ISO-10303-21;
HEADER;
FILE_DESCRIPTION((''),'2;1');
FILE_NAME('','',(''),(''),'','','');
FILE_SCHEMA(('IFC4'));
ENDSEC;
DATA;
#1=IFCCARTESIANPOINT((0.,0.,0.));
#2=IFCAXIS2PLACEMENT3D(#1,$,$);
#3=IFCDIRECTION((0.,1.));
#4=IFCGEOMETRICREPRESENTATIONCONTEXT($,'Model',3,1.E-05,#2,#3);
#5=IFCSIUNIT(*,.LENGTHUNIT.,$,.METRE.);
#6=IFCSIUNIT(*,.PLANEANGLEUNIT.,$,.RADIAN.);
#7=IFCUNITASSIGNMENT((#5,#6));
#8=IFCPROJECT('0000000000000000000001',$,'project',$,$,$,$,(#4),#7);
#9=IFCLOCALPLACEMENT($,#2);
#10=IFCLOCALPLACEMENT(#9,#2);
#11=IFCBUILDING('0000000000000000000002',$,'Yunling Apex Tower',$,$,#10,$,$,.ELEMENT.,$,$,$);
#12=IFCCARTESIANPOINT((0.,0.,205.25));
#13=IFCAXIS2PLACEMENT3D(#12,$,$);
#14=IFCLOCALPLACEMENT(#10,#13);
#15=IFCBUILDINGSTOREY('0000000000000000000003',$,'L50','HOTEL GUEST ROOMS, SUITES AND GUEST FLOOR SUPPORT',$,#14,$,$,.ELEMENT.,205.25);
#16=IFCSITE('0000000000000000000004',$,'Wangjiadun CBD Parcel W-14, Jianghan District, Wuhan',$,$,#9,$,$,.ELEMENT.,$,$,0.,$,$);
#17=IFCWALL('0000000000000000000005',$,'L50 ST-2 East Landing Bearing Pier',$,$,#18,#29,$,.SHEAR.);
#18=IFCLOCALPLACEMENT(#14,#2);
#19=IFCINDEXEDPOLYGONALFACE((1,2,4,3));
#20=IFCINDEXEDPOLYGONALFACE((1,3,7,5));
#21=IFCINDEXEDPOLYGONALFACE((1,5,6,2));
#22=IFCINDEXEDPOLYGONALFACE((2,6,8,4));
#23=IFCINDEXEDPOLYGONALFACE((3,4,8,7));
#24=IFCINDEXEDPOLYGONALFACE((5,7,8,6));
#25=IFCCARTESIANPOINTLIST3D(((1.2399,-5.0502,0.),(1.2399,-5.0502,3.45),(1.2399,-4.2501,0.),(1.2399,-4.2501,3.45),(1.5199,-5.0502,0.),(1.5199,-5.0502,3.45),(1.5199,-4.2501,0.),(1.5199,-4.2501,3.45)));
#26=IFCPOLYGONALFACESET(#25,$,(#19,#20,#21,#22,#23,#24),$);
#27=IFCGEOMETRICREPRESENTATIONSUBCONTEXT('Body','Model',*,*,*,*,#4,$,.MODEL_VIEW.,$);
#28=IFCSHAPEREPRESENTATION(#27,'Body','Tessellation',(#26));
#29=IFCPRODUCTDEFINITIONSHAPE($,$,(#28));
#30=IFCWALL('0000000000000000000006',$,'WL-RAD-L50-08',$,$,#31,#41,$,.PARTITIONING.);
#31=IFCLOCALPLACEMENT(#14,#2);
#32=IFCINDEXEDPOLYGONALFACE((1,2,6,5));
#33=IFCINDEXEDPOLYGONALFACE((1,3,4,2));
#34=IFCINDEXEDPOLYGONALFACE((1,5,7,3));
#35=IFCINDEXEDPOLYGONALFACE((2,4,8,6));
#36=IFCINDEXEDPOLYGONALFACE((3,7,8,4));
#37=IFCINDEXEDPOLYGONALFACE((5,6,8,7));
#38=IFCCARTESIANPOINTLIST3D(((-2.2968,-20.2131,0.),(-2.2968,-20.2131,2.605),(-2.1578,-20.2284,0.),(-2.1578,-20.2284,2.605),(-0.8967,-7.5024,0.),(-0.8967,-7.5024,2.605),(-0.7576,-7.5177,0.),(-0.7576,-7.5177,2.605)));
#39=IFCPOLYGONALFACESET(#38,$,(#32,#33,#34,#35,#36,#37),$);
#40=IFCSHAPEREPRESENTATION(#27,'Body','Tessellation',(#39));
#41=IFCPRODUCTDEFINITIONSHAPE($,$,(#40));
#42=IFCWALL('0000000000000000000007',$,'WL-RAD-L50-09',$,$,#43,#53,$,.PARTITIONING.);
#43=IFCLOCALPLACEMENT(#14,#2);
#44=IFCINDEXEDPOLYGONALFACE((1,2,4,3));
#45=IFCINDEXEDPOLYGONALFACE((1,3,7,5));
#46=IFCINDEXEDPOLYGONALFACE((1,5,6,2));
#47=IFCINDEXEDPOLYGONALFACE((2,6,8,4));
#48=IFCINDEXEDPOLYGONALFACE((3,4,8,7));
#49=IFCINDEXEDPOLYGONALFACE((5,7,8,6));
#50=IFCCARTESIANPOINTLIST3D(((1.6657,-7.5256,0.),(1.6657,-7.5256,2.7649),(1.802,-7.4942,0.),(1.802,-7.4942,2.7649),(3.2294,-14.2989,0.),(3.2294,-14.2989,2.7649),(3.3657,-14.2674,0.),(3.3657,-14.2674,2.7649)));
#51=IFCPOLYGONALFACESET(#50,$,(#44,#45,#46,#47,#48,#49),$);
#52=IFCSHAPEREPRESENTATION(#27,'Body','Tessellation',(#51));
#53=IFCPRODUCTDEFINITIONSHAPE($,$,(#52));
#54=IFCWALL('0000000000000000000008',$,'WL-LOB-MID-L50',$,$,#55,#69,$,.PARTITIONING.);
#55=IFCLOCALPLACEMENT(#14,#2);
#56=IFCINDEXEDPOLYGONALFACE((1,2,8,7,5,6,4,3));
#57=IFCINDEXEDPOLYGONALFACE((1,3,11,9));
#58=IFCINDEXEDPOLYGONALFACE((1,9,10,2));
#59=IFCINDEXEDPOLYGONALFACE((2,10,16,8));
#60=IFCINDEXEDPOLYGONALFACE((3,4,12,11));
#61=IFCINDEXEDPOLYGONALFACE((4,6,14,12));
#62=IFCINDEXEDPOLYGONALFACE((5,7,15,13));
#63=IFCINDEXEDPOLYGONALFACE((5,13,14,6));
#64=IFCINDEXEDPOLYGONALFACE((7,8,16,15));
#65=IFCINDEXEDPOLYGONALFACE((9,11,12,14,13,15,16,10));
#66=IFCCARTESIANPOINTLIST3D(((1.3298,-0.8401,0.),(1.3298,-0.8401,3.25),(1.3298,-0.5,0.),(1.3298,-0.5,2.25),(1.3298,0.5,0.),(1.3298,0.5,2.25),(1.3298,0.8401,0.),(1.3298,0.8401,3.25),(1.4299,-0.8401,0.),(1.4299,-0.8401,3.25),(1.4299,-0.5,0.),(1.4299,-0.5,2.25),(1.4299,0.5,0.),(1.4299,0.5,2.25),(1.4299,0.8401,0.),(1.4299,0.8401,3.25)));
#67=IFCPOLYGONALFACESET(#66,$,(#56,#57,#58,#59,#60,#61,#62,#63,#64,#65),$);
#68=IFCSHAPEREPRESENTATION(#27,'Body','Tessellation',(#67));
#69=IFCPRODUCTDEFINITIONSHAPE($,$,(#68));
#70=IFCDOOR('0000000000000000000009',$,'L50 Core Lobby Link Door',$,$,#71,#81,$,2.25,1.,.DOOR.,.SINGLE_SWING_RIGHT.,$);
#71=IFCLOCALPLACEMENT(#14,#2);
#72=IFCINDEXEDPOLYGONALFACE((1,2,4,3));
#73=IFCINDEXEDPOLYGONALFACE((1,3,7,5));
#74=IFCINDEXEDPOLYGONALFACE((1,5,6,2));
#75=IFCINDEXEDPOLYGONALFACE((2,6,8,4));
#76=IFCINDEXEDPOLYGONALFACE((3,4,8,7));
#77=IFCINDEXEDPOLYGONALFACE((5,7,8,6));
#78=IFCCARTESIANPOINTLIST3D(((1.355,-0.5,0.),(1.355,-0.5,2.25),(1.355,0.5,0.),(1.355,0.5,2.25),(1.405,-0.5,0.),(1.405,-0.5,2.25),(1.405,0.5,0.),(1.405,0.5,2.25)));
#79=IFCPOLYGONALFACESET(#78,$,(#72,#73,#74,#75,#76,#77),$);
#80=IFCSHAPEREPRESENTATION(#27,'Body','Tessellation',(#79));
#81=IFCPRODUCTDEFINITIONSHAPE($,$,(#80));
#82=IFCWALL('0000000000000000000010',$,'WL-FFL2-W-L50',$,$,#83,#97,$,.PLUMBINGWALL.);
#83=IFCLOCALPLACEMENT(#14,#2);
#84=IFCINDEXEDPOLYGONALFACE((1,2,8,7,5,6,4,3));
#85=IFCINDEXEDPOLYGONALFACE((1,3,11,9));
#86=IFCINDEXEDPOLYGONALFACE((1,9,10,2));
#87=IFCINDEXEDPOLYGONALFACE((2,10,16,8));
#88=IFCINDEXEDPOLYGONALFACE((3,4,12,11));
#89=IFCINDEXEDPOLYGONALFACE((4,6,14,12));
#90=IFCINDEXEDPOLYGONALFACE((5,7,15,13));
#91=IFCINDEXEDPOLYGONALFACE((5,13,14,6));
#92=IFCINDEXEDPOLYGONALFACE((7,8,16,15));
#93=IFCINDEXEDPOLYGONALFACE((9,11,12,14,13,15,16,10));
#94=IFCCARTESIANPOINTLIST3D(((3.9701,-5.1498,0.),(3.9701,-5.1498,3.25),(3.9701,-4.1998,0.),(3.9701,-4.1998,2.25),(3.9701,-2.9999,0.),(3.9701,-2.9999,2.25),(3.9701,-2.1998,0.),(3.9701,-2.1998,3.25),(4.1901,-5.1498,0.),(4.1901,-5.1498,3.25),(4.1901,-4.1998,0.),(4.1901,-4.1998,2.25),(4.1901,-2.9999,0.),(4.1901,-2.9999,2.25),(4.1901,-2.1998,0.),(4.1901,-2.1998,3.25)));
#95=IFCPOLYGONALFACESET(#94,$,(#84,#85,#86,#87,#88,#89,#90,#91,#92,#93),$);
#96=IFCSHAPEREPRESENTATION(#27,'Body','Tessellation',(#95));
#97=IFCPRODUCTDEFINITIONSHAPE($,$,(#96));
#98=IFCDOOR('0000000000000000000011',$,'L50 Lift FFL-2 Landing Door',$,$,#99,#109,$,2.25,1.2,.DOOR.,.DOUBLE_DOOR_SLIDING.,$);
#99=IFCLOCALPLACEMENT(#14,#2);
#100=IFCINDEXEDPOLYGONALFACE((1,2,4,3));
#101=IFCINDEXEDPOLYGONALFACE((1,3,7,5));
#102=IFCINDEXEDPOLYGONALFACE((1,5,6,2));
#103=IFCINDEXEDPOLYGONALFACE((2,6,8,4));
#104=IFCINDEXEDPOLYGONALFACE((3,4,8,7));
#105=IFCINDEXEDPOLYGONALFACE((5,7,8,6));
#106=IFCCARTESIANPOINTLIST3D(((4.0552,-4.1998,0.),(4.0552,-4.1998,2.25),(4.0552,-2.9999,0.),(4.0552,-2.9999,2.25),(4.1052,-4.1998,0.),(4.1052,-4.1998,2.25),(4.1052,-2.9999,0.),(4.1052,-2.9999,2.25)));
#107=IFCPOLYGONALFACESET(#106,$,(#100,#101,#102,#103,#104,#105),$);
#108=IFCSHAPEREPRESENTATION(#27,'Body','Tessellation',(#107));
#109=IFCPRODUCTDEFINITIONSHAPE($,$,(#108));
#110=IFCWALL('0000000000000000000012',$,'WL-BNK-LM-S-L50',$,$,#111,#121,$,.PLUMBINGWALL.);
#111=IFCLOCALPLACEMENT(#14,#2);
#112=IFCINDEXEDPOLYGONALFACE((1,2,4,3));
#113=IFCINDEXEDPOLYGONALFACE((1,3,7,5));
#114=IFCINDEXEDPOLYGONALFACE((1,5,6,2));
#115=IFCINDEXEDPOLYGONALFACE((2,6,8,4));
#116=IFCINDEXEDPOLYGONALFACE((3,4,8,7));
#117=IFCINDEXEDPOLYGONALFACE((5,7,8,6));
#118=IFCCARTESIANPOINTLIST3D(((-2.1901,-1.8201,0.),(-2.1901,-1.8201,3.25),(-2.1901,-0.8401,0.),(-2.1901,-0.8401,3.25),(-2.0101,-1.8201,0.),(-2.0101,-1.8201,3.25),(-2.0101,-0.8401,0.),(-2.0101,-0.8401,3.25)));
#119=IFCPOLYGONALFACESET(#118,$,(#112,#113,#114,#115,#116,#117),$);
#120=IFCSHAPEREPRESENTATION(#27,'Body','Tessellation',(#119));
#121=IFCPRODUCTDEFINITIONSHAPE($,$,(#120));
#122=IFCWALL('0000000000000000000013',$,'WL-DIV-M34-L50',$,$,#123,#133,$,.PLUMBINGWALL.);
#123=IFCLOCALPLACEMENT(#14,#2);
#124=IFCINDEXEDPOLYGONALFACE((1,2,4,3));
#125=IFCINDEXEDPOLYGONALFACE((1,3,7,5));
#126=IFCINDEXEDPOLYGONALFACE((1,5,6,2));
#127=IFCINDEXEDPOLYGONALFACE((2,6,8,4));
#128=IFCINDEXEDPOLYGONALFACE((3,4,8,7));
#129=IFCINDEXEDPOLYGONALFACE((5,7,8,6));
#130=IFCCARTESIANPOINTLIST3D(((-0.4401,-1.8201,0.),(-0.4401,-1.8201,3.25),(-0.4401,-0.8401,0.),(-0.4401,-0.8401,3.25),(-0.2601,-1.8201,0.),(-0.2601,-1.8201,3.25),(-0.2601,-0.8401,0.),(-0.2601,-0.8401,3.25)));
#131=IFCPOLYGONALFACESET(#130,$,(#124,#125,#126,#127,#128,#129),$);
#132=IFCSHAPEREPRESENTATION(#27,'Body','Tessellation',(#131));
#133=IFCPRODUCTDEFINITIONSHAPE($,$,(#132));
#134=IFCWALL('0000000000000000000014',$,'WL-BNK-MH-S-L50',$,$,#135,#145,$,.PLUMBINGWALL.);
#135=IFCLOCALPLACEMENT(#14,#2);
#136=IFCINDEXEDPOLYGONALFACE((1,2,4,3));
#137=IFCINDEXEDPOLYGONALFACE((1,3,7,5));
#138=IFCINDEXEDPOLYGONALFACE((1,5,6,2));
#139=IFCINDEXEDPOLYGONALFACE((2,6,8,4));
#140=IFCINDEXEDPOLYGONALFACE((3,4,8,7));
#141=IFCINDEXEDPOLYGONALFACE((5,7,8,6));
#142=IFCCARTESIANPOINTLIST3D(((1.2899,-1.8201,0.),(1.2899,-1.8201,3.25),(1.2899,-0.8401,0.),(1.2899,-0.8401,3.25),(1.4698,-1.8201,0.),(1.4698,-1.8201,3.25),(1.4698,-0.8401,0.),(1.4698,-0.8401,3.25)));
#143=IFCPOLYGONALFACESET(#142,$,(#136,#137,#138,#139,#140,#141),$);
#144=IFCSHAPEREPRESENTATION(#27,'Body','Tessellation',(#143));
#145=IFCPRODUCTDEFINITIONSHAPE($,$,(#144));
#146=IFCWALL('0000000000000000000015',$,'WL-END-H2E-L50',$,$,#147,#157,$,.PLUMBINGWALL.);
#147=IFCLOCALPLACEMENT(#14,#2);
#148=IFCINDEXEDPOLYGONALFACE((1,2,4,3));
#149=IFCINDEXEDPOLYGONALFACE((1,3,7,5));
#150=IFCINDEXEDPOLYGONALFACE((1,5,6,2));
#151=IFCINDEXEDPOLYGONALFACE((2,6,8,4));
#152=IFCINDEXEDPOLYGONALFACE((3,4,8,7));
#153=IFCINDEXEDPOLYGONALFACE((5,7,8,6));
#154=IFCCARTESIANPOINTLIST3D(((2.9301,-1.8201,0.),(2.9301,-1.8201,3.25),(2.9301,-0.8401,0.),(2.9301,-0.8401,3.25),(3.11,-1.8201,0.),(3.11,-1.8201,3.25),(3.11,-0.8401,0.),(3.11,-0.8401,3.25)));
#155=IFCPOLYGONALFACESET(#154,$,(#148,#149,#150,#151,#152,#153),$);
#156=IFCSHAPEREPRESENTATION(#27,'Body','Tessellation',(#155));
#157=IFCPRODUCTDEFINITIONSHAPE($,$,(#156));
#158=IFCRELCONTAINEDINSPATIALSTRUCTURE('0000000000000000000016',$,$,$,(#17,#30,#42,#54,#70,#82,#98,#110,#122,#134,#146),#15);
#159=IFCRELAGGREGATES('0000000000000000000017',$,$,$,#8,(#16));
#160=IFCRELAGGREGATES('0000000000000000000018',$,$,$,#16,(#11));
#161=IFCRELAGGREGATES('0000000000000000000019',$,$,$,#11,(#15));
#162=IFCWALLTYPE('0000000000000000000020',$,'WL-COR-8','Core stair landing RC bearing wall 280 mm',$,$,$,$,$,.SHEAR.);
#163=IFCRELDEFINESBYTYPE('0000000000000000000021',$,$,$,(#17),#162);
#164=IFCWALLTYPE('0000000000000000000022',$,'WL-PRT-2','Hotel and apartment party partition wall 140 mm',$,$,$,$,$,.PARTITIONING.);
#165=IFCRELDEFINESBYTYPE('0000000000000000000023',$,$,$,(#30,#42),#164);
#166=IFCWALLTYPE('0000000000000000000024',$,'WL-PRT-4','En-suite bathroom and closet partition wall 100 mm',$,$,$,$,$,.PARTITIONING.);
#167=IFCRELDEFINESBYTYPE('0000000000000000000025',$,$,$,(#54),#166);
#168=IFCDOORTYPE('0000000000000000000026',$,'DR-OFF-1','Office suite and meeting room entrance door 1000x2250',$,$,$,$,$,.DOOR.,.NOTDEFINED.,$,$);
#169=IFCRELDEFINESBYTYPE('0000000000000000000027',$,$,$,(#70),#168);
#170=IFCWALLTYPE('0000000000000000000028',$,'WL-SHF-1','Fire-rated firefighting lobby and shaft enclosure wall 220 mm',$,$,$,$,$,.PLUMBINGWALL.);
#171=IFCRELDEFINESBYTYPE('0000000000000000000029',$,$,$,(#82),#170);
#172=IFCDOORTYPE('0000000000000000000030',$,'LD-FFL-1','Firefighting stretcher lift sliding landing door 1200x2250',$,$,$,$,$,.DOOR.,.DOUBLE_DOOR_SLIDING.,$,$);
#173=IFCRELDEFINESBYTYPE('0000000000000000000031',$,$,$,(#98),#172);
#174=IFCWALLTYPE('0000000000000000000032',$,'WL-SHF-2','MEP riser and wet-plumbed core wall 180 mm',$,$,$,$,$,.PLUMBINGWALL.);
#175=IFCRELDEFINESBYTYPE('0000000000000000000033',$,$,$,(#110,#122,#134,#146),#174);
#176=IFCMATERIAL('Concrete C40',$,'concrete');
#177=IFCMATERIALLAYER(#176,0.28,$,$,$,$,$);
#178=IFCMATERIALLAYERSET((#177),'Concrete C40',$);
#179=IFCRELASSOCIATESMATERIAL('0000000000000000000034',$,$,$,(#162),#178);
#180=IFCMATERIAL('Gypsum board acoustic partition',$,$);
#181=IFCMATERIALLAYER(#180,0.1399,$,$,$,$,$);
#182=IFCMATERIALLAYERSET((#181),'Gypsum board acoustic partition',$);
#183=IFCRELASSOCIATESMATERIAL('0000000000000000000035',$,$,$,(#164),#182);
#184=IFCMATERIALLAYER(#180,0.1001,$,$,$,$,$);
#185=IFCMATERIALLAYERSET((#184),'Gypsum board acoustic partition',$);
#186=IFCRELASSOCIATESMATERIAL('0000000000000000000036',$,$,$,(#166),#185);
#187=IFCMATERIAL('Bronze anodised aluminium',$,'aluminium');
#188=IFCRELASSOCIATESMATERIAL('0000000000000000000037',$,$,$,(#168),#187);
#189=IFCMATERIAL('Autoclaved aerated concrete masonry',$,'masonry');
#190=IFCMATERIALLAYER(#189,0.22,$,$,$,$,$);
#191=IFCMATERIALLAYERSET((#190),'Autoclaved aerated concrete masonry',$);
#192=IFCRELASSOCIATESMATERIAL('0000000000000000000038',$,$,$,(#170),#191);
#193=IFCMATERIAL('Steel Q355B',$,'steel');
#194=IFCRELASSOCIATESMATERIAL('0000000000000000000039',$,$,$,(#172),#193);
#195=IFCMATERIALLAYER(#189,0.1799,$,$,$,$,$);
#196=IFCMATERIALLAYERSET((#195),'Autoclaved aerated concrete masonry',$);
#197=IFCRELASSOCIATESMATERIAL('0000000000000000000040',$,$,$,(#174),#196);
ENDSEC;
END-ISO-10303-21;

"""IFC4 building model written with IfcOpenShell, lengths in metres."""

from ifc_helpers import new_model, si_unit, direction, frame, frame_2d, origin, place, context, subcontext, project, spatial, rectangle, extrude, material, layer, layer_set, type_object, element, fill, save


model = new_model("IFC4")

# Units and contexts
model_context = context("Model", 3, precision=1e-05, world=origin(), true_north=direction((0.0, 1.0)))
body_context = subcontext(model_context, "Body", "Model", "MODEL_VIEW")
ifc_project = project(units=[si_unit("LENGTHUNIT", "METRE"), si_unit("PLANEANGLEUNIT", "RADIAN")], contexts=[model_context])

# Site, building, storey
site_placement = place(None, origin())
site = spatial("IfcSite", under=ifc_project, at=site_placement, Name="Wangjiadun CBD Parcel W-14, Jianghan District, Wuhan", CompositionType="ELEMENT", RefElevation=0.0)
building_placement = place(site_placement, origin())
building = spatial("IfcBuilding", under=site, at=building_placement, Name="Yunling Apex Tower", CompositionType="ELEMENT")
storey_placement = place(building_placement, frame((0.0, 0.0, 205.25)))
storey = spatial("IfcBuildingStorey", under=building, at=storey_placement, Name="L50", Description="HOTEL GUEST ROOMS, SUITES AND GUEST FLOOR SUPPORT", CompositionType="ELEMENT", Elevation=205.25)

# Walls
ifc_material_1 = material(Name="Concrete C40", Category="concrete")
ifc_layer_1 = layer(ifc_material_1, 0.28)
ifc_layer_set_1 = layer_set([ifc_layer_1], Name="Concrete C40")
wall_type_1 = type_object("IfcWallType", Name="WL-COR-8", Description="Core stair landing RC bearing wall 280 mm", PredefinedType="SHEAR", material=ifc_layer_set_1)
wall_1_placement = place(storey_placement, frame((1.3799, -5.05, 0.0), z_axis=(0.0, 0.0, 1.0), x_axis=(0.0, 1.0, 0.0)))
element("IfcWall", 1, at=wall_1_placement, inside=storey, type_object=wall_type_1, Name="L50 ST-2 East Landing Bearing Pier", PredefinedType="SHEAR", context=body_context, shape_type="SweptSolid", body=[
    extrude(rectangle(XDim=0.8, YDim=0.28, at=frame_2d((0.3999, 0.0))), origin(), (0.0, 0.0, 1.0), 3.45),
])
ifc_material_2 = material(Name="Gypsum board acoustic partition")
ifc_layer_2 = layer(ifc_material_2, 0.1399)
ifc_layer_set_2 = layer_set([ifc_layer_2], Name="Gypsum board acoustic partition")
wall_type_2 = type_object("IfcWallType", Name="WL-PRT-2", Description="Hotel and apartment party partition wall 140 mm", PredefinedType="PARTITIONING", material=ifc_layer_set_2)
wall_2_placement = place(storey_placement, frame((-0.8271, -7.51, 0.0), z_axis=(0.0, 0.0, 1.0), x_axis=(-0.109493, -0.993988, 0.0)))
element("IfcWall", 2, at=wall_2_placement, inside=storey, type_object=wall_type_2, Name="WL-RAD-L50-08", PredefinedType="PARTITIONING", context=body_context, shape_type="SweptSolid", body=[
    extrude(rectangle(XDim=12.7876, YDim=0.1399, at=frame_2d((6.3938, 0.0))), origin(), (0.0, 0.0, 1.0), 2.605),
])
wall_3_placement = place(storey_placement, frame((1.7339, -7.51, 0.0), z_axis=(0.0, 0.0, 1.0), x_axis=(0.224952, -0.97437, 0.0)))
element("IfcWall", 3, at=wall_3_placement, inside=storey, type_object=wall_type_2, Name="WL-RAD-L50-09", PredefinedType="PARTITIONING", context=body_context, shape_type="SweptSolid", body=[
    extrude(rectangle(XDim=6.9514, YDim=0.1399, at=frame_2d((3.4756, 0.0))), origin(), (0.0, 0.0, 1.0), 2.7649),
])

# Walls, openings, doors
ifc_layer_3 = layer(ifc_material_2, 0.1001)
ifc_layer_set_3 = layer_set([ifc_layer_3], Name="Gypsum board acoustic partition")
wall_type_3 = type_object("IfcWallType", Name="WL-PRT-4", Description="En-suite bathroom and closet partition wall 100 mm", PredefinedType="PARTITIONING", material=ifc_layer_set_3)
wall_4_placement = place(storey_placement, frame((1.3799, -0.8401, 0.0), z_axis=(0.0, 0.0, 1.0), x_axis=(0.0, 1.0, 0.0)))
wall_4 = element("IfcWall", 4, at=wall_4_placement, inside=storey, type_object=wall_type_3, Name="WL-LOB-MID-L50", PredefinedType="PARTITIONING", context=body_context, shape_type="SweptSolid", body=[
    extrude(rectangle(XDim=1.6802, YDim=0.1001, at=frame_2d((0.8401, 0.0))), origin(), (0.0, 0.0, 1.0), 3.25),
])
opening_1_placement = place(wall_4_placement, frame((0.3401, 0.0, 0.0)))
opening_1 = element("IfcOpeningElement", 5, at=opening_1_placement, cuts=wall_4, PredefinedType="OPENING", context=body_context, shape_type="SweptSolid", body=[
    extrude(rectangle(XDim=1.0, YDim=2.25, at=frame_2d((0.5, 1.125))), frame((0.0, 0.0601, 0.0), z_axis=(0.0, -1.0, 0.0), x_axis=(1.0, 0.0, 0.0)), (0.0, 0.0, 1.0), 0.1201),
])
ifc_material_3 = material(Name="Bronze anodised aluminium", Category="aluminium")
door_type_1 = type_object("IfcDoorType", Name="DR-OFF-1", Description="Office suite and meeting room entrance door 1000x2250", OperationType="NOTDEFINED", PredefinedType="DOOR", material=ifc_material_3)
door_1_placement = place(opening_1_placement, origin())
door_1 = element("IfcDoor", 6, at=door_1_placement, inside=storey, type_object=door_type_1, Name="L50 Core Lobby Link Door", OperationType="SINGLE_SWING_RIGHT", OverallHeight=2.25, OverallWidth=1.0, PredefinedType="DOOR", context=body_context, shape_type="SweptSolid", body=[
    extrude(rectangle(XDim=1.0, YDim=2.25, at=frame_2d((0.5, 1.125))), frame((0.0, 0.0249, 0.0), z_axis=(0.0, -1.0, 0.0), x_axis=(1.0, 0.0, 0.0)), (0.0, 0.0, 1.0), 0.05),
])
fill(opening_1, door_1)
ifc_material_4 = material(Name="Autoclaved aerated concrete masonry", Category="masonry")
ifc_layer_4 = layer(ifc_material_4, 0.22)
ifc_layer_set_4 = layer_set([ifc_layer_4], Name="Autoclaved aerated concrete masonry")
wall_type_4 = type_object("IfcWallType", Name="WL-SHF-1", Description="Fire-rated firefighting lobby and shaft enclosure wall 220 mm", PredefinedType="PLUMBINGWALL", material=ifc_layer_set_4)
ifc_material_5 = material(Name="Steel Q355B", Category="steel")
wall_5_placement = place(storey_placement, frame((4.0801, -5.1499, 0.0), z_axis=(0.0, 0.0, 1.0), x_axis=(0.0, 1.0, 0.0)))
wall_5 = element("IfcWall", 7, at=wall_5_placement, inside=storey, type_object=wall_type_4, Name="WL-FFL2-W-L50", PredefinedType="PLUMBINGWALL", context=body_context, shape_type="SweptSolid", body=[
    extrude(rectangle(XDim=2.95, YDim=0.22, at=frame_2d((1.4751, 0.0))), origin(), (0.0, 0.0, 1.0), 3.25),
])
opening_2_placement = place(wall_5_placement, frame((0.95, 0.0, 0.0)))
opening_2 = element("IfcOpeningElement", 8, at=opening_2_placement, cuts=wall_5, PredefinedType="OPENING", context=body_context, shape_type="SweptSolid", body=[
    extrude(rectangle(XDim=1.2, YDim=2.25, at=frame_2d((0.6001, 1.125))), frame((0.0, 0.1201, 0.0), z_axis=(0.0, -1.0, 0.0), x_axis=(1.0, 0.0, 0.0)), (0.0, 0.0, 1.0), 0.24),
])
door_type_2 = type_object("IfcDoorType", Name="LD-FFL-1", Description="Firefighting stretcher lift sliding landing door 1200x2250", OperationType="DOUBLE_DOOR_SLIDING", PredefinedType="DOOR", material=ifc_material_5)
door_2_placement = place(opening_2_placement, origin())
door_2 = element("IfcDoor", 9, at=door_2_placement, inside=storey, type_object=door_type_2, Name="L50 Lift FFL-2 Landing Door", OperationType="DOUBLE_DOOR_SLIDING", OverallHeight=2.25, OverallWidth=1.2, PredefinedType="DOOR", context=body_context, shape_type="SweptSolid", body=[
    extrude(rectangle(XDim=1.2, YDim=2.25, at=frame_2d((0.6001, 1.125))), frame((0.0, 0.0249, 0.0), z_axis=(0.0, -1.0, 0.0), x_axis=(1.0, 0.0, 0.0)), (0.0, 0.0, 1.0), 0.05),
])
fill(opening_2, door_2)

# Walls
ifc_layer_5 = layer(ifc_material_4, 0.1799)
ifc_layer_set_5 = layer_set([ifc_layer_5], Name="Autoclaved aerated concrete masonry")
wall_type_5 = type_object("IfcWallType", Name="WL-SHF-2", Description="MEP riser and wet-plumbed core wall 180 mm", PredefinedType="PLUMBINGWALL", material=ifc_layer_set_5)
for number, where, z_axis, x_axis, name in (
    (10, (-2.1001, -1.8201, 0.0), (0.0, 0.0, 1.0), (0.0, 1.0, 0.0), "WL-BNK-LM-S-L50"),
    (11, (-0.3501, -1.8201, 0.0), (0.0, 0.0, 1.0), (0.0, 1.0, 0.0), "WL-DIV-M34-L50"),
    (12, (1.3799, -1.8201, 0.0), (0.0, 0.0, 1.0), (0.0, 1.0, 0.0), "WL-BNK-MH-S-L50"),
    (13, (3.02, -1.8201, 0.0), (0.0, 0.0, 1.0), (0.0, 1.0, 0.0), "WL-END-H2E-L50"),
):
    element("IfcWall", number, at=place(storey_placement, frame(where, z_axis=z_axis, x_axis=x_axis)), inside=storey, type_object=wall_type_5, Name=name, PredefinedType="PLUMBINGWALL", context=body_context, shape_type="SweptSolid", body=[
        extrude(rectangle(XDim=0.98, YDim=0.1799, at=frame_2d((0.49, 0.0))), origin(), (0.0, 0.0, 1.0), 3.25),
    ])

save(model, "model.ifc")
